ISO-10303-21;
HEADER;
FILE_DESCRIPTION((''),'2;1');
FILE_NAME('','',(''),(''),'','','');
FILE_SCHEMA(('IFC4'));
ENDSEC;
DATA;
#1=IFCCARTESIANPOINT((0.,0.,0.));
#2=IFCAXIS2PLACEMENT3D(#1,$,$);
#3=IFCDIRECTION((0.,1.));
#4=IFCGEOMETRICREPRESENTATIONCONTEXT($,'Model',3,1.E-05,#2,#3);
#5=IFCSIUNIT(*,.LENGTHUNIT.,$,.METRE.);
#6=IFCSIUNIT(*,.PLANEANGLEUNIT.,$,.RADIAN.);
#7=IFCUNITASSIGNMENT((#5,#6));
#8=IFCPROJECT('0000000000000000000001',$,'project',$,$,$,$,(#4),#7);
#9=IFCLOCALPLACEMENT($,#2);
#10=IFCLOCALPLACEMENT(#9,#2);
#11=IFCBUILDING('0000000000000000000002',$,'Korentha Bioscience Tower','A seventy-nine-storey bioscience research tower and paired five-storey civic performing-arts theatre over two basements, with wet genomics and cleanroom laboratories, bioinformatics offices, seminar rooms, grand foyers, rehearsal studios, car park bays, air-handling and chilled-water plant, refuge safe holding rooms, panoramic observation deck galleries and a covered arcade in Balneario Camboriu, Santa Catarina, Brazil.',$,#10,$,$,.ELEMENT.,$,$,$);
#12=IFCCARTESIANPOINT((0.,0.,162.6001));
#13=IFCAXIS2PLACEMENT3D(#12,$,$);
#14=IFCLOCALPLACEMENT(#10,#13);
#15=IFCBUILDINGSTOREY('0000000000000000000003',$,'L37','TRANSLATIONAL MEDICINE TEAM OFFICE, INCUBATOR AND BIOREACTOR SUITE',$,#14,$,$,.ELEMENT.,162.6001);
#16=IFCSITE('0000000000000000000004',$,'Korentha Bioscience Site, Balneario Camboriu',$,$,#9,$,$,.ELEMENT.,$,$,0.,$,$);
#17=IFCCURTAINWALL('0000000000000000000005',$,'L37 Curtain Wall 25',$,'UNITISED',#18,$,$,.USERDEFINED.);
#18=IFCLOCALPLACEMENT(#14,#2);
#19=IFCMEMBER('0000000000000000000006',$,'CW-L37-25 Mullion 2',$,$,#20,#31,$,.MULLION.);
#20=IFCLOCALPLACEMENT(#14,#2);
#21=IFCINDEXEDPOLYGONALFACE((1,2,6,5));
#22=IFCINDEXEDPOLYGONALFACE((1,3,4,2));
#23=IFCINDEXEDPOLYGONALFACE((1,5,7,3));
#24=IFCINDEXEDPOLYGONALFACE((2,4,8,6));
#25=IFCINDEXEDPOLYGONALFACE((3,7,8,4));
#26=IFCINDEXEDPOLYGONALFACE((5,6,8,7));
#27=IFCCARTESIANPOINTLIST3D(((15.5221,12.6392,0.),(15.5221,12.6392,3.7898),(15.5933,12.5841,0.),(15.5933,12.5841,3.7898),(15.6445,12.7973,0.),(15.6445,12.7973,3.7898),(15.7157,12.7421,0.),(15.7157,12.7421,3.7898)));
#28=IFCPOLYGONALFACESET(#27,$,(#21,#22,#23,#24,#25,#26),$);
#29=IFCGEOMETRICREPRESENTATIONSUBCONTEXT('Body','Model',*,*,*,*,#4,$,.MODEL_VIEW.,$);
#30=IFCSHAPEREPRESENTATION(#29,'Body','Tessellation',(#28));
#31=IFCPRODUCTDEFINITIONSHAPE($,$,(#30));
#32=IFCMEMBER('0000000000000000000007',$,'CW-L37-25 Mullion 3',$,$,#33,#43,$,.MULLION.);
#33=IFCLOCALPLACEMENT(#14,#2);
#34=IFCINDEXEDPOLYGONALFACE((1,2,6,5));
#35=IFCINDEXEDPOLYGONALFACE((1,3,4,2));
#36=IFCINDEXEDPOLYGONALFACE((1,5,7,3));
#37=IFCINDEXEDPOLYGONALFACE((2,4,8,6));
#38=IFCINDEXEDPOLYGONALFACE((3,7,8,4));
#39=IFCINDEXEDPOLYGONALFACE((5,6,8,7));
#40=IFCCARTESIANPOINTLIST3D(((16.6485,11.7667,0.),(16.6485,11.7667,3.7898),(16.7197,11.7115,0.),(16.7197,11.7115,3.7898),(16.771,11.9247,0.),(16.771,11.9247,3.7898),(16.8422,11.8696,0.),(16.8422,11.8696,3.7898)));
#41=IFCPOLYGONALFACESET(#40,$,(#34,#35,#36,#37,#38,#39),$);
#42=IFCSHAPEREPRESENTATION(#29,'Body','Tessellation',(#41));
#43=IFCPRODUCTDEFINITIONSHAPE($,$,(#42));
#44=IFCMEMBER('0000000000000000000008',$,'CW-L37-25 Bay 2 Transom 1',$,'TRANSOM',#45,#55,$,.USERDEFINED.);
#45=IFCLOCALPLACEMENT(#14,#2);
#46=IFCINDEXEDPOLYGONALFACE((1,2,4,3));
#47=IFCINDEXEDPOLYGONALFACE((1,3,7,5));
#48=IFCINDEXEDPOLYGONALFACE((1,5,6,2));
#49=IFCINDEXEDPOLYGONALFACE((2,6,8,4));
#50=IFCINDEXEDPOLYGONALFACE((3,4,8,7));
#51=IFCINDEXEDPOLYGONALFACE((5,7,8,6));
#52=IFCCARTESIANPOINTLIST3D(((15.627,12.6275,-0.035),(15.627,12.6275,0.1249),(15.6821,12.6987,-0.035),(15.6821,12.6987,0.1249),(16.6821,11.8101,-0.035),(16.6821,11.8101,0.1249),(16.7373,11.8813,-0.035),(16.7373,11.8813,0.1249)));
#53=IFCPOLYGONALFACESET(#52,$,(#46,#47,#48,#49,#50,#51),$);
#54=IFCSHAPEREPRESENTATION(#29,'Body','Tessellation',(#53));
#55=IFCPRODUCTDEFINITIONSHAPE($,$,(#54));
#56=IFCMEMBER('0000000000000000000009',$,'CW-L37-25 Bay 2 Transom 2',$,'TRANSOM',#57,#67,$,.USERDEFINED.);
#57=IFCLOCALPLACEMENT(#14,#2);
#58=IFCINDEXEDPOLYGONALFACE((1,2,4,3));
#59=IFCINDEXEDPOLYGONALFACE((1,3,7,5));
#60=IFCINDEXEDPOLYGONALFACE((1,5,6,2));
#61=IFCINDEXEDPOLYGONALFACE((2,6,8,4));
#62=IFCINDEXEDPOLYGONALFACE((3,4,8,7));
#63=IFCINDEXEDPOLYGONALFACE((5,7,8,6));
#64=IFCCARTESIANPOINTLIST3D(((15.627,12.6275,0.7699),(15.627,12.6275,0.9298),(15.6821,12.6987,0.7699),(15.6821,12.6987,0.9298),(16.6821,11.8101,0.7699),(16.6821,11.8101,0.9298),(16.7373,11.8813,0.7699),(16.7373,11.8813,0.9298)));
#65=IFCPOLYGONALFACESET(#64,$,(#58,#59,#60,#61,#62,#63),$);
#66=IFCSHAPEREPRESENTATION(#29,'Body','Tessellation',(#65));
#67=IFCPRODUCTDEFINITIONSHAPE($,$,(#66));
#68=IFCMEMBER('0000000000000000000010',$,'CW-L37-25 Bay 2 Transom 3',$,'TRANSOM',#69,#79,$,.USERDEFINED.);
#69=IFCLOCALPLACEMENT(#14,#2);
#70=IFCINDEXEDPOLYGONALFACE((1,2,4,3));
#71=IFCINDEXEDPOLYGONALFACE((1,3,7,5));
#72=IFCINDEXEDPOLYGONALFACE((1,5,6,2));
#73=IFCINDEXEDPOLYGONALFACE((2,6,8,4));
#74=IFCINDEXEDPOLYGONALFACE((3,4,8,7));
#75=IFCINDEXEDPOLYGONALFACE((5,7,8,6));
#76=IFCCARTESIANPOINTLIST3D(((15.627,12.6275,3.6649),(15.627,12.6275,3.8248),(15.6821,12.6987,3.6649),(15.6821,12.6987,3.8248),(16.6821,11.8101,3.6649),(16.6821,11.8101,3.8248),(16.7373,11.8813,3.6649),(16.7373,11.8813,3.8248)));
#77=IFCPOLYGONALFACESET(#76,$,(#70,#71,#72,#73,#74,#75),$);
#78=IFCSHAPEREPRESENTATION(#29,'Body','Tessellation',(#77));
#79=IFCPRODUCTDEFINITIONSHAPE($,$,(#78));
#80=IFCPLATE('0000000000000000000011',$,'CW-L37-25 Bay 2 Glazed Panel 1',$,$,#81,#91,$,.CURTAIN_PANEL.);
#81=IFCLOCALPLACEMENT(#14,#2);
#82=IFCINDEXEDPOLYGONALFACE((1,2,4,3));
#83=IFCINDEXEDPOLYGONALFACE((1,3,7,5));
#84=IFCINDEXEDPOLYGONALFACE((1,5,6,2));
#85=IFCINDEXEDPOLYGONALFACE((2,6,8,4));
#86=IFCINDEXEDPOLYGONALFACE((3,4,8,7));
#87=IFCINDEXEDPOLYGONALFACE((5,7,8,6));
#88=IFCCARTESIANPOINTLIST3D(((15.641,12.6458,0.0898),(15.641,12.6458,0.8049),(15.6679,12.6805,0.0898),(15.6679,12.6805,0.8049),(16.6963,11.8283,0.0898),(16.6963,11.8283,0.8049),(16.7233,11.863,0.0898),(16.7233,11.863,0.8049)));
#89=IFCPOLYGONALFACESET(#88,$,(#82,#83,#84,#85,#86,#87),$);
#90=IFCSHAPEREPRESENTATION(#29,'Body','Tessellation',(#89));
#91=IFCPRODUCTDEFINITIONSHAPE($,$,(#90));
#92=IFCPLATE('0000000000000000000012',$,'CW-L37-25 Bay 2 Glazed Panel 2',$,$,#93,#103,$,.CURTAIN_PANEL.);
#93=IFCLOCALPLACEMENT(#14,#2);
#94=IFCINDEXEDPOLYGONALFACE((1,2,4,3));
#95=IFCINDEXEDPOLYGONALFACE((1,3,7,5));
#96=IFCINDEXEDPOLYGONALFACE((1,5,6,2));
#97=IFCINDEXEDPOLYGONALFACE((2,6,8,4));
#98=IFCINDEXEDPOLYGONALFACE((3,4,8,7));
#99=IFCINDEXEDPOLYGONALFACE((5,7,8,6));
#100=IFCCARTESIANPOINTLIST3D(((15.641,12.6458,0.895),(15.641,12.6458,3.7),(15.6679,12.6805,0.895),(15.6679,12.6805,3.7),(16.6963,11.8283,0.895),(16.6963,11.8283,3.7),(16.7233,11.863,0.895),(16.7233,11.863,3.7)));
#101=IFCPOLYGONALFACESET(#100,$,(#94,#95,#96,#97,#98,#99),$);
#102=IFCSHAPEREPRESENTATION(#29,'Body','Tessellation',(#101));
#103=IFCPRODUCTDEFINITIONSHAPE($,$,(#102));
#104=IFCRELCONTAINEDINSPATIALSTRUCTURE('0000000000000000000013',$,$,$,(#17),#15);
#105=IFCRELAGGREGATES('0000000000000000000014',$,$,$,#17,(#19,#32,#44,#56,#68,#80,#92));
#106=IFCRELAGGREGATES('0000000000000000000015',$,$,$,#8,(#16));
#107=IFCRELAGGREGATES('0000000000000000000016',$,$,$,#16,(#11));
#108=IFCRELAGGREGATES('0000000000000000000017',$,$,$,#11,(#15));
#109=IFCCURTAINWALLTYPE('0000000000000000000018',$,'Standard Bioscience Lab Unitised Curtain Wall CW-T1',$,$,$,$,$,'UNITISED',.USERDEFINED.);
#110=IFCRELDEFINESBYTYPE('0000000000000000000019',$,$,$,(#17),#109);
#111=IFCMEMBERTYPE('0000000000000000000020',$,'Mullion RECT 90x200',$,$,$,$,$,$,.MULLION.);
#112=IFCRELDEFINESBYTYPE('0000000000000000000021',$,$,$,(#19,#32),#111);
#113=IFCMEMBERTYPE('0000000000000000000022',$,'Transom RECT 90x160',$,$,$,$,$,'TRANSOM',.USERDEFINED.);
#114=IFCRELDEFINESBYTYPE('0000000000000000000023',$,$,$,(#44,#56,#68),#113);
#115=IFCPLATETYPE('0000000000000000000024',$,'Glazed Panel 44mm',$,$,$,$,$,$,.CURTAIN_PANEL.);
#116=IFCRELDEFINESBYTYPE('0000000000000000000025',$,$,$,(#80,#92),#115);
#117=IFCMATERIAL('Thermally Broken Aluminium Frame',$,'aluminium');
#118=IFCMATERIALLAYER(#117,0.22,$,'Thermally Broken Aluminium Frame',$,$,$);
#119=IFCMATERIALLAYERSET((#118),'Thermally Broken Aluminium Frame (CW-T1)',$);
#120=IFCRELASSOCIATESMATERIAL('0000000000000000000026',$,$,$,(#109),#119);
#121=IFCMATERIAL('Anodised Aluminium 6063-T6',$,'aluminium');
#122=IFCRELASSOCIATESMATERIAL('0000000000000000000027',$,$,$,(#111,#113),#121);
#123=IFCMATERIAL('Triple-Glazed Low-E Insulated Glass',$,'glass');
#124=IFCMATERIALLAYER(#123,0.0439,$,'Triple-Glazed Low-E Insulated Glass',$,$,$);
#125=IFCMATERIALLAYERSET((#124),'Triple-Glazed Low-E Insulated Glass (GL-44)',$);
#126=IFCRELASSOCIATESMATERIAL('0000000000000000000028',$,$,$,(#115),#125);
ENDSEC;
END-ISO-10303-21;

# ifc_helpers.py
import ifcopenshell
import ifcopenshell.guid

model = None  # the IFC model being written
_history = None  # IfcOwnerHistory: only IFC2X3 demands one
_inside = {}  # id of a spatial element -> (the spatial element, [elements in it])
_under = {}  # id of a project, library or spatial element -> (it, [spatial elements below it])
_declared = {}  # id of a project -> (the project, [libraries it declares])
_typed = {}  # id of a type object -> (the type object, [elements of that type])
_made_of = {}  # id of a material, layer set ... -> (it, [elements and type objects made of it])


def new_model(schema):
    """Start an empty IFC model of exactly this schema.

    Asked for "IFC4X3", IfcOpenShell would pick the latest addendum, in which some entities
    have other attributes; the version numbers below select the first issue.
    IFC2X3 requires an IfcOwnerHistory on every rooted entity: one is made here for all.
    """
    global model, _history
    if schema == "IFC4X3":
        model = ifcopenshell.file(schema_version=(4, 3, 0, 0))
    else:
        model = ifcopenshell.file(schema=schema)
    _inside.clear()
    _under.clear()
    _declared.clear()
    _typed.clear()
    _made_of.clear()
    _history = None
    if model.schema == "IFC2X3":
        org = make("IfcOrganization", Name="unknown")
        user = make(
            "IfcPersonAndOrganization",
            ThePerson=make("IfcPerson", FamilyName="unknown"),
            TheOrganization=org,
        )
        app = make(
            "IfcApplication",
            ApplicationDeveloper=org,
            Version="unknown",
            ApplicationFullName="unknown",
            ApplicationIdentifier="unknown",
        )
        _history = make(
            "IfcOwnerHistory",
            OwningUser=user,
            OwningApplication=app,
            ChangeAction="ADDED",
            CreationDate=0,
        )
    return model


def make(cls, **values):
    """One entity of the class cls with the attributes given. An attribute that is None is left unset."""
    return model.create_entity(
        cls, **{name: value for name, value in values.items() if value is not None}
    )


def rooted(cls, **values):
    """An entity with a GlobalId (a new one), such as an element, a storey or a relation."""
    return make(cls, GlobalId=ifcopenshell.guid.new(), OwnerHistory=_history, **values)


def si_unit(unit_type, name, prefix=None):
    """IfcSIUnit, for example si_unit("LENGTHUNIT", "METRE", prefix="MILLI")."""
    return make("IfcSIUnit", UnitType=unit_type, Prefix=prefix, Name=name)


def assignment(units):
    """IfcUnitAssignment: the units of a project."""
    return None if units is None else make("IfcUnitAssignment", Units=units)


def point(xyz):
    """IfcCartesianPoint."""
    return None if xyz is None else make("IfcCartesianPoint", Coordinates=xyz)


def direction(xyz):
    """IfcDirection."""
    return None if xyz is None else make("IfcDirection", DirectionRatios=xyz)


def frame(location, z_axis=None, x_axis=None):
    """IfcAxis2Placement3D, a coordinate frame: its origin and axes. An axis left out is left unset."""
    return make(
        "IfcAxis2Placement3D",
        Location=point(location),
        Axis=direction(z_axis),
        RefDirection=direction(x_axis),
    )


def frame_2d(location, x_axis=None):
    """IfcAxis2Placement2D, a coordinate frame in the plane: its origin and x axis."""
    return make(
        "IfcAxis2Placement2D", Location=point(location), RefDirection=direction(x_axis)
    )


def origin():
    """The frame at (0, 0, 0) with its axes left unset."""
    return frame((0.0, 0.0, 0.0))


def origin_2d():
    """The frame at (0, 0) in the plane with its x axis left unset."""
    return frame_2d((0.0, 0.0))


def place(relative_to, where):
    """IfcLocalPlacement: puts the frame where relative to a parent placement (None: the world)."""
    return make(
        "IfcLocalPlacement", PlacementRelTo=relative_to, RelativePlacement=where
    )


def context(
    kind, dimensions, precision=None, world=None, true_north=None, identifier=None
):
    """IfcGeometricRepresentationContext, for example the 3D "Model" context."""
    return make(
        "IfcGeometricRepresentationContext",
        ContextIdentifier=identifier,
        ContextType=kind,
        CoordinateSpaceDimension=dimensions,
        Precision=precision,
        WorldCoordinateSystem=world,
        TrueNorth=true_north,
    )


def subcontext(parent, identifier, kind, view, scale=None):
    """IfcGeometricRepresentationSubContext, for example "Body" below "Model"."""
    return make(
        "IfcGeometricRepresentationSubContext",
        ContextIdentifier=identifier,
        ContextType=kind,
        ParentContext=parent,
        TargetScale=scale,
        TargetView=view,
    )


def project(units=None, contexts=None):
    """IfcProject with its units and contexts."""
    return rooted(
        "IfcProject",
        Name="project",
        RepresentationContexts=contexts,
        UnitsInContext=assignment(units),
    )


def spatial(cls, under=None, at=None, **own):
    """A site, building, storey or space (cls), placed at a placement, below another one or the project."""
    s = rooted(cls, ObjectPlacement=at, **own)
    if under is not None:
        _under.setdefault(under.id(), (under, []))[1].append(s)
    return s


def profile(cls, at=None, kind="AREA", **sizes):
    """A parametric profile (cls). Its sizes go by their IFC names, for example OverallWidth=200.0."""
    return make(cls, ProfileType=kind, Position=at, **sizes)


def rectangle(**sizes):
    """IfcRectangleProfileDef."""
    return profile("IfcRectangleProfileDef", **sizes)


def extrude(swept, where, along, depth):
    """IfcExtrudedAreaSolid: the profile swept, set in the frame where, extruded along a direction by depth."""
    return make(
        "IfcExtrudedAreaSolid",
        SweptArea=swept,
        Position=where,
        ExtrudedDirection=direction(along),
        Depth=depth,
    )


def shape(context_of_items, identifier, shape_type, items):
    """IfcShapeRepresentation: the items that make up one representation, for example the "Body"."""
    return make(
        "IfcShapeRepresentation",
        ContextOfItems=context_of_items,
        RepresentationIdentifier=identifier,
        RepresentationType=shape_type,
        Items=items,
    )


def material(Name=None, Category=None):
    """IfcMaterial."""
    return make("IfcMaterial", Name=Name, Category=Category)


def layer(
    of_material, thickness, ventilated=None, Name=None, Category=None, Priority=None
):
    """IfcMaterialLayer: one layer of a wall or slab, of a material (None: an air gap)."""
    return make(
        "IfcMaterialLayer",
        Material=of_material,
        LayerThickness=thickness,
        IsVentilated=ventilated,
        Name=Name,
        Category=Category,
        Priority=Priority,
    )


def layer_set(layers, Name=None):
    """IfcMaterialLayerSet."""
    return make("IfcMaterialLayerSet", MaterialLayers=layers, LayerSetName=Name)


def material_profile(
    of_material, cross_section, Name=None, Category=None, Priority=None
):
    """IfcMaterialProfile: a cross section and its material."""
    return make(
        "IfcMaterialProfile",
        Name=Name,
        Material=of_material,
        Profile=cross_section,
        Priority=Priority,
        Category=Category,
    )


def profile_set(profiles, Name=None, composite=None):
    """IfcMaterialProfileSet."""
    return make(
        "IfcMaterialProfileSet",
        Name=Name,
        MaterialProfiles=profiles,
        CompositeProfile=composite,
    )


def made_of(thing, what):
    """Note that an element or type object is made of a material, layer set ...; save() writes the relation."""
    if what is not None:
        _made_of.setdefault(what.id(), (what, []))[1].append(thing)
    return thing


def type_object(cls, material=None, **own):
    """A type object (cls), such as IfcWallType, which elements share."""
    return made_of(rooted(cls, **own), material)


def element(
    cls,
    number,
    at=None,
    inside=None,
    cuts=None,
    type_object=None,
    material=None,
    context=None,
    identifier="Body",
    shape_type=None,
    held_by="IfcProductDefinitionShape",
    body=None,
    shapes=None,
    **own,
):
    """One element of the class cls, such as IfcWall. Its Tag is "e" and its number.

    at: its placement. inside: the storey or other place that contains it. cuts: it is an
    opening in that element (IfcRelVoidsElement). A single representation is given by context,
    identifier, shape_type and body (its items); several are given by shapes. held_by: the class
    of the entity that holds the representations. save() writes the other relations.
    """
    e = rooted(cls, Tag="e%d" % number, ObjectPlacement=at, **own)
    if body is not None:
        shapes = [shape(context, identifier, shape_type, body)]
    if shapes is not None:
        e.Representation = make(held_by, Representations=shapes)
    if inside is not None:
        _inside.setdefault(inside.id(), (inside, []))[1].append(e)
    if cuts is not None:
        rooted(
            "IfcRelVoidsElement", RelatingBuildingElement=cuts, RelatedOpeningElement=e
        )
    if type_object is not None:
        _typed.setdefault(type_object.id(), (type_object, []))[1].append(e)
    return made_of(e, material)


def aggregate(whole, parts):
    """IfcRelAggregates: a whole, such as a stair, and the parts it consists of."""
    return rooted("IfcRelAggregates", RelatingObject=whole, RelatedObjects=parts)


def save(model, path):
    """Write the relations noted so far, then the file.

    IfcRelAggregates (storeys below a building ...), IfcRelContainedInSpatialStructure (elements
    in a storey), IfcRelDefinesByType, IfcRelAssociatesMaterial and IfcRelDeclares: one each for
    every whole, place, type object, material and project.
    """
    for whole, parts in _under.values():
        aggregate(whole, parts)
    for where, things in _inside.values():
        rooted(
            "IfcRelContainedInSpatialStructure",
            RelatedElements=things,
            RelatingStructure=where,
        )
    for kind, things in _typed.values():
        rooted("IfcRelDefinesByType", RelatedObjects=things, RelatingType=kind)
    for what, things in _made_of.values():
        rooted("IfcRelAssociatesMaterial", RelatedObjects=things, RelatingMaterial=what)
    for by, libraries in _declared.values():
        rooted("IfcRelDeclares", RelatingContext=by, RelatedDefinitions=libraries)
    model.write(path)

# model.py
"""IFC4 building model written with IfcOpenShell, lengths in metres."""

from ifc_helpers import new_model, si_unit, direction, frame, origin, origin_2d, place, context, subcontext, project, spatial, rectangle, extrude, material, layer, layer_set, material_profile, profile_set, type_object, element, aggregate, save


model = new_model("IFC4")

# Units and contexts
model_context = context("Model", 3, precision=1e-05, world=origin(), true_north=direction((0.0, 1.0)))
body_context = subcontext(model_context, "Body", "Model", "MODEL_VIEW")
ifc_project = project(units=[si_unit("LENGTHUNIT", "METRE"), si_unit("PLANEANGLEUNIT", "RADIAN")], contexts=[model_context])

# Site, building, storey
site_placement = place(None, origin())
site = spatial("IfcSite", under=ifc_project, at=site_placement, Name="Korentha Bioscience Site, Balneario Camboriu", CompositionType="ELEMENT", RefElevation=0.0)
building_placement = place(site_placement, origin())
building = spatial("IfcBuilding", under=site, at=building_placement, Name="Korentha Bioscience Tower", Description="A seventy-nine-storey bioscience research tower and paired five-storey civic performing-arts theatre over two basements, with wet genomics and cleanroom laboratories, bioinformatics offices, seminar rooms, grand foyers, rehearsal studios, car park bays, air-handling and chilled-water plant, refuge safe holding rooms, panoramic observation deck galleries and a covered arcade in Balneario Camboriu, Santa Catarina, Brazil.", CompositionType="ELEMENT")
storey_placement = place(building_placement, frame((0.0, 0.0, 162.6001)))
storey = spatial("IfcBuildingStorey", under=building, at=storey_placement, Name="L37", Description="TRANSLATIONAL MEDICINE TEAM OFFICE, INCUBATOR AND BIOREACTOR SUITE", CompositionType="ELEMENT", Elevation=162.6001)

# Curtain wall, members, plates
ifc_material_1 = material(Name="Thermally Broken Aluminium Frame", Category="aluminium")
ifc_layer_1 = layer(ifc_material_1, 0.22, Name="Thermally Broken Aluminium Frame")
ifc_layer_set_1 = layer_set([ifc_layer_1], Name="Thermally Broken Aluminium Frame (CW-T1)")
curtain_wall_type = type_object("IfcCurtainWallType", Name="Standard Bioscience Lab Unitised Curtain Wall CW-T1", ElementType="UNITISED", PredefinedType="USERDEFINED", material=ifc_layer_set_1)
curtain_wall_placement = place(storey_placement, origin())
curtain_wall = element("IfcCurtainWall", 1, at=curtain_wall_placement, inside=storey, type_object=curtain_wall_type, Name="L37 Curtain Wall 25", ObjectType="UNITISED", PredefinedType="USERDEFINED")
ifc_material_2 = material(Name="Anodised Aluminium 6063-T6", Category="aluminium")
ifc_material_profile_1 = material_profile(ifc_material_2, rectangle(XDim=0.0901, YDim=0.2, at=origin_2d()), Name="Anodised Aluminium 6063-T6")
ifc_profile_set_1 = profile_set([ifc_material_profile_1], Name="Anodised Aluminium 6063-T6 (CW-MUL)")
member_type_1 = type_object("IfcMemberType", Name="Mullion RECT 90x200", PredefinedType="MULLION", material=ifc_profile_set_1)
member_1_placement = place(storey_placement, frame((15.6189, 12.6907, 0.0), z_axis=(0.0, 0.0, 1.0), x_axis=(0.790547, -0.612402, 0.0)))
member_1 = element("IfcMember", 2, at=member_1_placement, type_object=member_type_1, Name="CW-L37-25 Mullion 2", PredefinedType="MULLION", context=body_context, shape_type="SweptSolid", body=[
    extrude(rectangle(XDim=0.0901, YDim=0.2, at=origin_2d()), origin(), (0.0, 0.0, 1.0), 3.7898),
])
member_2_placement = place(storey_placement, frame((16.7454, 11.8181, 0.0), z_axis=(0.0, 0.0, 1.0), x_axis=(0.790547, -0.612402, 0.0)))
member_2 = element("IfcMember", 3, at=member_2_placement, type_object=member_type_1, Name="CW-L37-25 Mullion 3", PredefinedType="MULLION", context=body_context, shape_type="SweptSolid", body=[
    extrude(rectangle(XDim=0.0901, YDim=0.2, at=origin_2d()), origin(), (0.0, 0.0, 1.0), 3.7898),
])
ifc_material_profile_2 = material_profile(ifc_material_2, rectangle(XDim=0.0901, YDim=0.1599, at=origin_2d()), Name="Anodised Aluminium 6063-T6")
ifc_profile_set_2 = profile_set([ifc_material_profile_2], Name="Anodised Aluminium 6063-T6 (CW-TRN)")
member_type_2 = type_object("IfcMemberType", Name="Transom RECT 90x160", ElementType="TRANSOM", PredefinedType="USERDEFINED", material=ifc_profile_set_2)
member_3_placement = place(storey_placement, frame((15.6545, 12.6631, 0.0449), z_axis=(0.790552, -0.612395, 0.0), x_axis=(0.612395, 0.790552, 0.0)))
member_3 = element("IfcMember", 4, at=member_3_placement, type_object=member_type_2, Name="CW-L37-25 Bay 2 Transom 1", ObjectType="TRANSOM", PredefinedType="USERDEFINED", context=body_context, shape_type="SweptSolid", body=[
    extrude(rectangle(XDim=0.0901, YDim=0.1599, at=origin_2d()), origin(), (0.0, 0.0, 1.0), 1.3347),
])
member_4_placement = place(storey_placement, frame((15.6545, 12.6631, 0.8499), z_axis=(0.790552, -0.612395, 0.0), x_axis=(0.612395, 0.790552, 0.0)))
member_4 = element("IfcMember", 5, at=member_4_placement, type_object=member_type_2, Name="CW-L37-25 Bay 2 Transom 2", ObjectType="TRANSOM", PredefinedType="USERDEFINED", context=body_context, shape_type="SweptSolid", body=[
    extrude(rectangle(XDim=0.0901, YDim=0.1599, at=origin_2d()), origin(), (0.0, 0.0, 1.0), 1.3347),
])
member_5_placement = place(storey_placement, frame((15.6545, 12.6631, 3.7449), z_axis=(0.790552, -0.612395, 0.0), x_axis=(0.612395, 0.790552, 0.0)))
member_5 = element("IfcMember", 6, at=member_5_placement, type_object=member_type_2, Name="CW-L37-25 Bay 2 Transom 3", ObjectType="TRANSOM", PredefinedType="USERDEFINED", context=body_context, shape_type="SweptSolid", body=[
    extrude(rectangle(XDim=0.0901, YDim=0.1599, at=origin_2d()), origin(), (0.0, 0.0, 1.0), 1.3347),
])
ifc_material_3 = material(Name="Triple-Glazed Low-E Insulated Glass", Category="glass")
ifc_layer_2 = layer(ifc_material_3, 0.0439, Name="Triple-Glazed Low-E Insulated Glass")
ifc_layer_set_2 = layer_set([ifc_layer_2], Name="Triple-Glazed Low-E Insulated Glass (GL-44)")
plate_type = type_object("IfcPlateType", Name="Glazed Panel 44mm", PredefinedType="CURTAIN_PANEL", material=ifc_layer_set_2)
plate_1_placement = place(storey_placement, frame((16.1821, 12.2544, 0.0898), z_axis=(0.0, 0.0, 1.0), x_axis=(0.790547, -0.612402, 0.0)))
plate_1 = element("IfcPlate", 7, at=plate_1_placement, type_object=plate_type, Name="CW-L37-25 Bay 2 Glazed Panel 1", PredefinedType="CURTAIN_PANEL", context=body_context, shape_type="SweptSolid", body=[
    extrude(rectangle(XDim=1.335, YDim=0.0439, at=origin_2d()), origin(), (0.0, 0.0, 1.0), 0.7151),
])
plate_2_placement = place(storey_placement, frame((16.1821, 12.2544, 0.895), z_axis=(0.0, 0.0, 1.0), x_axis=(0.790547, -0.612402, 0.0)))
plate_2 = element("IfcPlate", 8, at=plate_2_placement, type_object=plate_type, Name="CW-L37-25 Bay 2 Glazed Panel 2", PredefinedType="CURTAIN_PANEL", context=body_context, shape_type="SweptSolid", body=[
    extrude(rectangle(XDim=1.335, YDim=0.0439, at=origin_2d()), origin(), (0.0, 0.0, 1.0), 2.8049),
])
aggregate(curtain_wall, [member_1, member_2, member_3, member_4, member_5, plate_1, plate_2])

save(model, "model.ifc")
